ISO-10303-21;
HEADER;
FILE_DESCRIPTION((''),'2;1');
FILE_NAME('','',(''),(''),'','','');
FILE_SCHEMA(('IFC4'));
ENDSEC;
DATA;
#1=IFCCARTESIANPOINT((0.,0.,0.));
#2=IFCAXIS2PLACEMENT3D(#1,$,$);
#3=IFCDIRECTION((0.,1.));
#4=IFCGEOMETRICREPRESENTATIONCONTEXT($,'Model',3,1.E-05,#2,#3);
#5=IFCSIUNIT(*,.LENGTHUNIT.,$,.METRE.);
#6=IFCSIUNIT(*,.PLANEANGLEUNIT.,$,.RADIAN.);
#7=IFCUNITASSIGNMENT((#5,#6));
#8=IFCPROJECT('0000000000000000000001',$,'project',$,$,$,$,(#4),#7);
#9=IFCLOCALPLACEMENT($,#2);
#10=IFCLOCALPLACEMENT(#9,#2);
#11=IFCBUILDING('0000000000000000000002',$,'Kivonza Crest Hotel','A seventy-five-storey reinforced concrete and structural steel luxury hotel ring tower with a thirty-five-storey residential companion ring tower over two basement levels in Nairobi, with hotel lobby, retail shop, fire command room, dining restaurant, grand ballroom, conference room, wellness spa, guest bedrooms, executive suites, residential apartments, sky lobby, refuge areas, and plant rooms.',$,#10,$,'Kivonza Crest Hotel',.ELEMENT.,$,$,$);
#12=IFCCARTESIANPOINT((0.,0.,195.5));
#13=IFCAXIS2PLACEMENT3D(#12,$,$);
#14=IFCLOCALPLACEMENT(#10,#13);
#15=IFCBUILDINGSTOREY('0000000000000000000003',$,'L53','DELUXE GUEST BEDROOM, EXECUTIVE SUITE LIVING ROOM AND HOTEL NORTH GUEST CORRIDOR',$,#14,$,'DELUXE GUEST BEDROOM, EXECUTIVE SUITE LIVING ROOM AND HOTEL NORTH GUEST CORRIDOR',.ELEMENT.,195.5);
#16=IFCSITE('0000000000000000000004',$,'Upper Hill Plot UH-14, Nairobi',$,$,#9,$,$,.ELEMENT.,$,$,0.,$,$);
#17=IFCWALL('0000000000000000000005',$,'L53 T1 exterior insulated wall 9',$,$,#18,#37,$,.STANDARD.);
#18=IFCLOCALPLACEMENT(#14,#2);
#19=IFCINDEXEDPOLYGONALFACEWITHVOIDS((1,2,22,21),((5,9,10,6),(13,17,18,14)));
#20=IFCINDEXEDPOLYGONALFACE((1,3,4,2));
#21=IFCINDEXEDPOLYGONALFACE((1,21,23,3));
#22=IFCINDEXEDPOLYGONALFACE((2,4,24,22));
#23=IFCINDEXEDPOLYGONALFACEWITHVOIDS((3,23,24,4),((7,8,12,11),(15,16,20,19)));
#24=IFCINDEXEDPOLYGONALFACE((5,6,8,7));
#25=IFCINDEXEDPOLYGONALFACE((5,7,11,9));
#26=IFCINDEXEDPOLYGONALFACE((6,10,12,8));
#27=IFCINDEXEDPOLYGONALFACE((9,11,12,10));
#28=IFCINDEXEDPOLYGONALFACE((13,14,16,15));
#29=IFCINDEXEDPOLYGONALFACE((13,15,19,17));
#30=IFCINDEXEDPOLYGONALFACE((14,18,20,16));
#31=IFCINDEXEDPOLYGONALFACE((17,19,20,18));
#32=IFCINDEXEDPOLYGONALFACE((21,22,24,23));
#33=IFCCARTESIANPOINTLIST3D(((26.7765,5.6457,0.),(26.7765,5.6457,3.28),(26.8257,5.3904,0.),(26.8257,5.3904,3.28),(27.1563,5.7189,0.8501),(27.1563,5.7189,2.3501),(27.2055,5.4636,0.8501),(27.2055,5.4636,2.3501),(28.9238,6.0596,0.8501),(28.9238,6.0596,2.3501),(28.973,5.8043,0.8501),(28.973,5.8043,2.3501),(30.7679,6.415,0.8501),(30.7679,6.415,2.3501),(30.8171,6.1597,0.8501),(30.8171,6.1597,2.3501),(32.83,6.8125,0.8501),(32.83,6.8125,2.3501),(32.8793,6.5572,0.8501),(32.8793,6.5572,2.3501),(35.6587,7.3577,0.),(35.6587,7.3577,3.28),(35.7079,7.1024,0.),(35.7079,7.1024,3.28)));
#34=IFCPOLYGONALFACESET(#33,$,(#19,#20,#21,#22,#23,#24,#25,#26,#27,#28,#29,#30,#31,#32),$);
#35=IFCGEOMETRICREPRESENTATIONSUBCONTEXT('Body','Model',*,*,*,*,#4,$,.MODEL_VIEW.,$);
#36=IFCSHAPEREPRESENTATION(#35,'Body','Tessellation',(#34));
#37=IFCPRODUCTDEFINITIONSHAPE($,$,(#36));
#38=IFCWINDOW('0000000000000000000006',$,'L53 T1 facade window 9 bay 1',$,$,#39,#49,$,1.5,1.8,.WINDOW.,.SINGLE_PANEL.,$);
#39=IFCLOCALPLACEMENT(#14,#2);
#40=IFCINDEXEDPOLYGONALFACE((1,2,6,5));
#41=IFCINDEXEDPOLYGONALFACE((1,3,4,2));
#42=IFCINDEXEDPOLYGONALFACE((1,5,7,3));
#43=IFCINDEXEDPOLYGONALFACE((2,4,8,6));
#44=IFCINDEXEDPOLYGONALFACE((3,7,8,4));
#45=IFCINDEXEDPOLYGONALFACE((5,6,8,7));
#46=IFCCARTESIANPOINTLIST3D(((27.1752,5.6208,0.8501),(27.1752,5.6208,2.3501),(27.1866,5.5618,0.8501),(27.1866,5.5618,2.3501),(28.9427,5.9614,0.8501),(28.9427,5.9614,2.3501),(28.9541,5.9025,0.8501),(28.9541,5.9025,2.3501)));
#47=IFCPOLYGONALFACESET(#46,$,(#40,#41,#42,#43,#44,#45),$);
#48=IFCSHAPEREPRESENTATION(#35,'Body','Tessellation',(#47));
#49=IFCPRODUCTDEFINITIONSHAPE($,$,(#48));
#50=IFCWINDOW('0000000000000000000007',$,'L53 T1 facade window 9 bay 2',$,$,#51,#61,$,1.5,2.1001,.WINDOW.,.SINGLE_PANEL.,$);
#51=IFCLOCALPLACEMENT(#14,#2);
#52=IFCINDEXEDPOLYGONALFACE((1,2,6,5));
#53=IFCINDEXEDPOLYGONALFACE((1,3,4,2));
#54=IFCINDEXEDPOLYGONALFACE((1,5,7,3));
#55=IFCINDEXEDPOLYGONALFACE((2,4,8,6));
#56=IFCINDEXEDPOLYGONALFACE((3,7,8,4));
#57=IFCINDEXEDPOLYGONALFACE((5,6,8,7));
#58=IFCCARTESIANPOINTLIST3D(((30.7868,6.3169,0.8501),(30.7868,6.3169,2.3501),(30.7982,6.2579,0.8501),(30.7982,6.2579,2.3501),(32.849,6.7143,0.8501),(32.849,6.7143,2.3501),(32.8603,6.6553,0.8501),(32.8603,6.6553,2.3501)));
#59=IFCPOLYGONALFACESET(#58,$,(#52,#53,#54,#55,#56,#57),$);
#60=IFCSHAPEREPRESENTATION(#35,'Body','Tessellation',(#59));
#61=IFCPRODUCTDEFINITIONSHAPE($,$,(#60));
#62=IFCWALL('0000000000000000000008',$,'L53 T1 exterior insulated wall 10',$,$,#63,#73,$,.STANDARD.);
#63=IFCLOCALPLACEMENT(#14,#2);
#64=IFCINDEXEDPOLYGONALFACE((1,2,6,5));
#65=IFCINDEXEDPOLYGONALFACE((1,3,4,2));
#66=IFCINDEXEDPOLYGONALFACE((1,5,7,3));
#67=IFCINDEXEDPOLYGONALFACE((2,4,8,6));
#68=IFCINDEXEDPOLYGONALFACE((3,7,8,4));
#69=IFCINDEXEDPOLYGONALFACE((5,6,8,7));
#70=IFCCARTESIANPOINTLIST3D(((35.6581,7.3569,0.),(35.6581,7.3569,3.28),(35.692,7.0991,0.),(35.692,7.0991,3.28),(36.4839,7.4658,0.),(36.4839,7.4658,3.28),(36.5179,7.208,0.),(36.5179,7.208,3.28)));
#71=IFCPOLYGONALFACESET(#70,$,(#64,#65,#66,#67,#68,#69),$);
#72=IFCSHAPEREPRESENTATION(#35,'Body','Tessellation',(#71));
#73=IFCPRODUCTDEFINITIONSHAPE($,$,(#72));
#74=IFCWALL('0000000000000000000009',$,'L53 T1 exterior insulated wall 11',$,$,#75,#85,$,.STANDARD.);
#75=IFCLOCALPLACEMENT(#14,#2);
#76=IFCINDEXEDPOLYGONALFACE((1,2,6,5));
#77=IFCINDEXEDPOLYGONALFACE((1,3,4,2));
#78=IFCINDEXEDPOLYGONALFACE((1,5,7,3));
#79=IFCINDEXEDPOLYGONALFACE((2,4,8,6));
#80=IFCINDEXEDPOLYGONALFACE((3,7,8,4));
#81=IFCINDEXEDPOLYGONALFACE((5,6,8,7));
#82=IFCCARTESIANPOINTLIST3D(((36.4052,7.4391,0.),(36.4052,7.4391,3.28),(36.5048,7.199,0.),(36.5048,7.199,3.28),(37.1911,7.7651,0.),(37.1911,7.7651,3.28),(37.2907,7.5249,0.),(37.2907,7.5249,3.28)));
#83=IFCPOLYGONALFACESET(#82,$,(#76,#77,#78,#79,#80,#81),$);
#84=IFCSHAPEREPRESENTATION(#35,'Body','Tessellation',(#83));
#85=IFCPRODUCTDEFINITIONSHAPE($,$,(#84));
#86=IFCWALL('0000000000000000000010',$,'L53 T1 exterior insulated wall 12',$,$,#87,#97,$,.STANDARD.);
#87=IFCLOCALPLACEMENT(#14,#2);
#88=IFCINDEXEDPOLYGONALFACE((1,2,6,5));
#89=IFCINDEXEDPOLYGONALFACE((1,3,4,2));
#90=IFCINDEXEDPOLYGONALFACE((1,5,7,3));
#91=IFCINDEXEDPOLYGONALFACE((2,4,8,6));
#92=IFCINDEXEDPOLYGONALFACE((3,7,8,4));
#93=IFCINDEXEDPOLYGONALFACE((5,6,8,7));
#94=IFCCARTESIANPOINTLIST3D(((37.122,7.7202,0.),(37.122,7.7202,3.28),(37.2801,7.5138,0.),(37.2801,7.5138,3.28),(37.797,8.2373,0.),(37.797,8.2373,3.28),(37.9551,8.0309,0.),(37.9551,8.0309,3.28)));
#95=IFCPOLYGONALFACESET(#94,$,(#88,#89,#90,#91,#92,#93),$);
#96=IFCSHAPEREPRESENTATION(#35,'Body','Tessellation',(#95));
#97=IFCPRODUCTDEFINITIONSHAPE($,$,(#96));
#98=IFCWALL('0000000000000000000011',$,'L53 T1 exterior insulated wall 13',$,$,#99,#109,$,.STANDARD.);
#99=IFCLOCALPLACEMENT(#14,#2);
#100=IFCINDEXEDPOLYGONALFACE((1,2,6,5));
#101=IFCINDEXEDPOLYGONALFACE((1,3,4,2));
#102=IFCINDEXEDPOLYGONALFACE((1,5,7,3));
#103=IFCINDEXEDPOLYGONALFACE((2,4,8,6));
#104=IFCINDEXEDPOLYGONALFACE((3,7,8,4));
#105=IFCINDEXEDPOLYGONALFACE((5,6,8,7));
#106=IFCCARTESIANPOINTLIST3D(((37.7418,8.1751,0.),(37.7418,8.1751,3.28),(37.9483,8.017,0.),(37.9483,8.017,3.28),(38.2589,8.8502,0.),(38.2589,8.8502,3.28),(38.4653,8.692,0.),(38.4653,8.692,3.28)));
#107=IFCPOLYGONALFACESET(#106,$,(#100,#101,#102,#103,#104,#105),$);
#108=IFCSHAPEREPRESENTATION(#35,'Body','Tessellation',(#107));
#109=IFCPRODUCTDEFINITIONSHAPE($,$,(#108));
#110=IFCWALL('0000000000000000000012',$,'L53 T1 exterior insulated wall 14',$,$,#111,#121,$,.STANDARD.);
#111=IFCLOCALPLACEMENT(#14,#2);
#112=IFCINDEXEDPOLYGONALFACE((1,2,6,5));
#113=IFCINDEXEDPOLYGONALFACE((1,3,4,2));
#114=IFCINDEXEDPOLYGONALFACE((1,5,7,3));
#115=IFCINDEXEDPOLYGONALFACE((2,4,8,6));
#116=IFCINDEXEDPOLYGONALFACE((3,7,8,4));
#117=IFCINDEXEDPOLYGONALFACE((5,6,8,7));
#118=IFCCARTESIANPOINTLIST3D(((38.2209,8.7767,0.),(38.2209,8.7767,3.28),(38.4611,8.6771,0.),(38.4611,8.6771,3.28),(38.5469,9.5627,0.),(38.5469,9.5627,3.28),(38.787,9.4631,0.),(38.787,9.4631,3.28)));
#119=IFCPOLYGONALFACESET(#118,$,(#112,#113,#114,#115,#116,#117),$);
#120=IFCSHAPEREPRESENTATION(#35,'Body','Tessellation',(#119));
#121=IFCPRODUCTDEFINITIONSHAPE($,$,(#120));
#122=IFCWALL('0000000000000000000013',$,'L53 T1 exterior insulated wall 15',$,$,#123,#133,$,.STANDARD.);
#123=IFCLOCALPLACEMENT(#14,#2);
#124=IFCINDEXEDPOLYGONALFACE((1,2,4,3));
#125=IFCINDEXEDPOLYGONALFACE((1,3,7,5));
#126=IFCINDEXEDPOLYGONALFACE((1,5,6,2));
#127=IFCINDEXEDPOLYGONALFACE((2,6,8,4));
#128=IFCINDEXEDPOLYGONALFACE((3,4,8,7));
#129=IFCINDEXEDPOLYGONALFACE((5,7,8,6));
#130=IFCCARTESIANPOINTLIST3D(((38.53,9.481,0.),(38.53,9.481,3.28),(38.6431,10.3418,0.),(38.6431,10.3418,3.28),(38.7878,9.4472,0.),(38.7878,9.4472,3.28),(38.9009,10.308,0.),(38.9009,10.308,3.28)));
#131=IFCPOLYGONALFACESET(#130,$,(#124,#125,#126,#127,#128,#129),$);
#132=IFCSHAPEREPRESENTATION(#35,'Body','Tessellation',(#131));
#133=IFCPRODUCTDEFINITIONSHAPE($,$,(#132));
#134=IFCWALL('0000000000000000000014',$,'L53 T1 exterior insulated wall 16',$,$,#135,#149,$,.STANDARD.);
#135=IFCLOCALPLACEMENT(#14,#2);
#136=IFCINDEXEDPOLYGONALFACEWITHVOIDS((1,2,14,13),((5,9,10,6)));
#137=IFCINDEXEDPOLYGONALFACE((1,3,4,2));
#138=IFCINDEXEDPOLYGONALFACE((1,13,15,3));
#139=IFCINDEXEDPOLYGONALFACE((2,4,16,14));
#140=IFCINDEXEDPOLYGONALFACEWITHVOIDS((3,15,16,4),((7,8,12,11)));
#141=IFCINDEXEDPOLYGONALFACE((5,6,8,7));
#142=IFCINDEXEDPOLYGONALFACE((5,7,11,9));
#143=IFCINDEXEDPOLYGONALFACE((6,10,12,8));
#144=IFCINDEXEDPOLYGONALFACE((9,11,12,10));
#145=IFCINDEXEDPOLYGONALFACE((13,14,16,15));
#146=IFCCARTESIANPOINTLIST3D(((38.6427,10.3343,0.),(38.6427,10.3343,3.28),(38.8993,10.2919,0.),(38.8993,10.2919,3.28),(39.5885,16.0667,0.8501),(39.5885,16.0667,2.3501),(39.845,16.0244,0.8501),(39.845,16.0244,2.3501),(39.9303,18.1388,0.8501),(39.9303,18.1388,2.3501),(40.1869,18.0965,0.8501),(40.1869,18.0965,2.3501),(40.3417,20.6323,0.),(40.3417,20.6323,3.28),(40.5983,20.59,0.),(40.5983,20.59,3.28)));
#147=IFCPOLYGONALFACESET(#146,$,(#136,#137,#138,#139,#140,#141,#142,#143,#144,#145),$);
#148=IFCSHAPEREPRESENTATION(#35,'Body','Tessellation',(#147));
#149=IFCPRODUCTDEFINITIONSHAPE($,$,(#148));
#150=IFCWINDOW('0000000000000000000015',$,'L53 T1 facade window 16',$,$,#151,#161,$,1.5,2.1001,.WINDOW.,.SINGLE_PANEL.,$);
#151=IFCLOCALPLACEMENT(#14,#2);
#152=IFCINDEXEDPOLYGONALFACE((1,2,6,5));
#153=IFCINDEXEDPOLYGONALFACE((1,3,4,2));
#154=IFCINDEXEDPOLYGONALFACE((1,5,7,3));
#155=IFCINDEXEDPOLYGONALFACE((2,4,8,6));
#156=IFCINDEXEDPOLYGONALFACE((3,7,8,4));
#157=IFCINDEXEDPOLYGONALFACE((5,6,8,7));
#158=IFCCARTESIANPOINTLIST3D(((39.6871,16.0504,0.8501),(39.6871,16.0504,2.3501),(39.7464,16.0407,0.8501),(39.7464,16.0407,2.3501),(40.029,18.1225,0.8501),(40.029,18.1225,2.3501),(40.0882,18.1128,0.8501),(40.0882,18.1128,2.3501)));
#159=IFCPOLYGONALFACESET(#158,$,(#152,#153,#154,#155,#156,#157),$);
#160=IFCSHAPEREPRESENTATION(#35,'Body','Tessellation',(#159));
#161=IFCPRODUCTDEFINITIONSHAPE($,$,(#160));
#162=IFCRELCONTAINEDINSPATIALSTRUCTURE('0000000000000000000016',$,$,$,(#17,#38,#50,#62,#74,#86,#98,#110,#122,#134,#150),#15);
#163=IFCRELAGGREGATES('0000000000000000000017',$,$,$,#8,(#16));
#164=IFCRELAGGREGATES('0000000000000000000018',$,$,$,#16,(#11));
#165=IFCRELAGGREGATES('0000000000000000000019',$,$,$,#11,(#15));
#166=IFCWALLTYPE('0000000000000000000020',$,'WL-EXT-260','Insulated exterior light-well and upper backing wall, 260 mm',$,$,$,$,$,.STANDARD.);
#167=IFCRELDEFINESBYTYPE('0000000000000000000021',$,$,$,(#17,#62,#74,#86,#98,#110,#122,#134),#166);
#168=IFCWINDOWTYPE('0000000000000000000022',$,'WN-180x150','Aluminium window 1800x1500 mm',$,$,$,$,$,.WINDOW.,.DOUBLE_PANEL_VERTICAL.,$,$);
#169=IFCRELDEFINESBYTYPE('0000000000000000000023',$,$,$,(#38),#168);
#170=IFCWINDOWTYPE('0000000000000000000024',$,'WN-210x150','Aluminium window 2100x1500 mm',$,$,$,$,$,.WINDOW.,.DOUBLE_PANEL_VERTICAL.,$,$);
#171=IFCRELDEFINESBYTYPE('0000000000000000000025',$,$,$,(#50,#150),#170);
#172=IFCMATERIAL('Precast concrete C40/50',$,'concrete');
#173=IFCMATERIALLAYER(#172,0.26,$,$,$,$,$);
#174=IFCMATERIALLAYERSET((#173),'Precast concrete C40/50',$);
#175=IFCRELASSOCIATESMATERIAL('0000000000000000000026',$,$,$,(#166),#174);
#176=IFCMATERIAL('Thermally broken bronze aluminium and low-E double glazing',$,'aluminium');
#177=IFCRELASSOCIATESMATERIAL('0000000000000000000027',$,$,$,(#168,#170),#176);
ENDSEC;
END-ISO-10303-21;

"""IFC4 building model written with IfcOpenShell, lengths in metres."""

from ifc_helpers import new_model, si_unit, direction, frame, frame_2d, origin, place, context, subcontext, project, spatial, rectangle, extrude, material, layer, layer_set, type_object, element, fill, save


model = new_model("IFC4")

# Units and contexts
model_context = context("Model", 3, precision=1e-05, world=origin(), true_north=direction((0.0, 1.0)))
body_context = subcontext(model_context, "Body", "Model", "MODEL_VIEW")
ifc_project = project(units=[si_unit("LENGTHUNIT", "METRE"), si_unit("PLANEANGLEUNIT", "RADIAN")], contexts=[model_context])

# Site, building, storey
site_placement = place(None, origin())
site = spatial("IfcSite", under=ifc_project, at=site_placement, Name="Upper Hill Plot UH-14, Nairobi", CompositionType="ELEMENT", RefElevation=0.0)
building_placement = place(site_placement, origin())
building = spatial("IfcBuilding", under=site, at=building_placement, Name="Kivonza Crest Hotel", Description="A seventy-five-storey reinforced concrete and structural steel luxury hotel ring tower with a thirty-five-storey residential companion ring tower over two basement levels in Nairobi, with hotel lobby, retail shop, fire command room, dining restaurant, grand ballroom, conference room, wellness spa, guest bedrooms, executive suites, residential apartments, sky lobby, refuge areas, and plant rooms.", LongName="Kivonza Crest Hotel", CompositionType="ELEMENT")
storey_placement = place(building_placement, frame((0.0, 0.0, 195.5)))
storey = spatial("IfcBuildingStorey", under=building, at=storey_placement, Name="L53", Description="DELUXE GUEST BEDROOM, EXECUTIVE SUITE LIVING ROOM AND HOTEL NORTH GUEST CORRIDOR", LongName="DELUXE GUEST BEDROOM, EXECUTIVE SUITE LIVING ROOM AND HOTEL NORTH GUEST CORRIDOR", CompositionType="ELEMENT", Elevation=195.5)

# Wall, openings, windows
ifc_material_1 = material(Name="Precast concrete C40/50", Category="concrete")
ifc_layer_1 = layer(ifc_material_1, 0.26)
ifc_layer_set_1 = layer_set([ifc_layer_1], Name="Precast concrete C40/50")
wall_type_1 = type_object("IfcWallType", Name="WL-EXT-260", Description="Insulated exterior light-well and upper backing wall, 260 mm", PredefinedType="STANDARD", material=ifc_layer_set_1)
wall_1_placement = place(storey_placement, frame((26.801, 5.5181, 0.0), z_axis=(0.0, 0.0, 1.0), x_axis=(0.981928, 0.189255, 0.0)))
wall_1 = element("IfcWall", 1, at=wall_1_placement, inside=storey, type_object=wall_type_1, Name="L53 T1 exterior insulated wall 9", PredefinedType="STANDARD", context=body_context, shape_type="SweptSolid", body=[
    extrude(rectangle(XDim=9.0457, YDim=0.26, at=frame_2d((4.5229, 0.0))), origin(), (0.0, 0.0, 1.0), 3.28),
])
opening_1_placement = place(wall_1_placement, frame((0.387, 0.0, 0.8501)))
opening_1 = element("IfcOpeningElement", 2, at=opening_1_placement, cuts=wall_1, PredefinedType="OPENING", context=body_context, shape_type="SweptSolid", body=[
    extrude(rectangle(XDim=1.8, YDim=1.5, at=frame_2d((0.8999, 0.75))), frame((0.0, 0.1401, 0.0), z_axis=(0.0, -1.0, 0.0), x_axis=(1.0, 0.0, 0.0)), (0.0, 0.0, 1.0), 0.28),
])
opening_2_placement = place(wall_1_placement, frame((4.0649, 0.0, 0.8501)))
opening_2 = element("IfcOpeningElement", 3, at=opening_2_placement, cuts=wall_1, PredefinedType="OPENING", context=body_context, shape_type="SweptSolid", body=[
    extrude(rectangle(XDim=2.1001, YDim=1.5, at=frame_2d((1.05, 0.75))), frame((0.0, 0.1401, 0.0), z_axis=(0.0, -1.0, 0.0), x_axis=(1.0, 0.0, 0.0)), (0.0, 0.0, 1.0), 0.28),
])
ifc_material_2 = material(Name="Thermally broken bronze aluminium and low-E double glazing", Category="aluminium")
window_type_1 = type_object("IfcWindowType", Name="WN-180x150", Description="Aluminium window 1800x1500 mm", PartitioningType="DOUBLE_PANEL_VERTICAL", PredefinedType="WINDOW", material=ifc_material_2)
window_1_placement = place(opening_1_placement, origin())
window_1 = element("IfcWindow", 4, at=window_1_placement, inside=storey, type_object=window_type_1, Name="L53 T1 facade window 9 bay 1", OverallHeight=1.5, OverallWidth=1.8, PartitioningType="SINGLE_PANEL", PredefinedType="WINDOW", context=body_context, shape_type="SweptSolid", body=[
    extrude(rectangle(XDim=1.8, YDim=1.5, at=frame_2d((0.8999, 0.75))), frame((0.0, 0.03, 0.0), z_axis=(0.0, -1.0, 0.0), x_axis=(1.0, 0.0, 0.0)), (0.0, 0.0, 1.0), 0.0601),
])
fill(opening_1, window_1)
window_type_2 = type_object("IfcWindowType", Name="WN-210x150", Description="Aluminium window 2100x1500 mm", PartitioningType="DOUBLE_PANEL_VERTICAL", PredefinedType="WINDOW", material=ifc_material_2)
window_2_placement = place(opening_2_placement, origin())
window_2 = element("IfcWindow", 5, at=window_2_placement, inside=storey, type_object=window_type_2, Name="L53 T1 facade window 9 bay 2", OverallHeight=1.5, OverallWidth=2.1001, PartitioningType="SINGLE_PANEL", PredefinedType="WINDOW", context=body_context, shape_type="SweptSolid", body=[
    extrude(rectangle(XDim=2.1001, YDim=1.5, at=frame_2d((1.05, 0.75))), frame((0.0, 0.03, 0.0), z_axis=(0.0, -1.0, 0.0), x_axis=(1.0, 0.0, 0.0)), (0.0, 0.0, 1.0), 0.0601),
])
fill(opening_2, window_2)

# Walls
wall_2_placement = place(storey_placement, frame((35.675, 7.228, 0.0), z_axis=(0.0, 0.0, 1.0), x_axis=(0.991421, 0.130705, 0.0)))
element("IfcWall", 6, at=wall_2_placement, inside=storey, type_object=wall_type_1, Name="L53 T1 exterior insulated wall 10", PredefinedType="STANDARD", context=body_context, shape_type="SweptSolid", body=[
    extrude(rectangle(XDim=0.833, YDim=0.26, at=frame_2d((0.4165, 0.0))), origin(), (0.0, 0.0, 1.0), 3.28),
])
wall_3_placement = place(storey_placement, frame((36.4551, 7.3191, 0.0), z_axis=(0.0, 0.0, 1.0), x_axis=(0.923712, 0.383087, 0.0)))
element("IfcWall", 7, at=wall_3_placement, inside=storey, type_object=wall_type_1, Name="L53 T1 exterior insulated wall 11", PredefinedType="STANDARD", context=body_context, shape_type="SweptSolid", body=[
    extrude(rectangle(XDim=0.8508, YDim=0.26, at=frame_2d((0.4253, 0.0))), origin(), (0.0, 0.0, 1.0), 3.28),
])
for number, where, z_axis, x_axis, name in (
    (8, (37.2009, 7.6169, 0.0), (0.0, 0.0, 1.0), (0.79386, 0.6081, 0.0), "L53 T1 exterior insulated wall 12"),
    (9, (37.845, 8.0959, 0.0), (0.0, 0.0, 1.0), (0.6081, 0.79386, 0.0), "L53 T1 exterior insulated wall 13"),
):
    element("IfcWall", number, at=place(storey_placement, frame(where, z_axis=z_axis, x_axis=x_axis)), inside=storey, type_object=wall_type_1, Name=name, PredefinedType="STANDARD", context=body_context, shape_type="SweptSolid", body=[
        extrude(rectangle(XDim=0.8503, YDim=0.26, at=frame_2d((0.4253, 0.0))), origin(), (0.0, 0.0, 1.0), 3.28),
    ])
wall_4_placement = place(storey_placement, frame((38.3411, 8.7271, 0.0), z_axis=(0.0, 0.0, 1.0), x_axis=(0.383087, 0.923712, 0.0)))
element("IfcWall", 10, at=wall_4_placement, inside=storey, type_object=wall_type_1, Name="L53 T1 exterior insulated wall 14", PredefinedType="STANDARD", context=body_context, shape_type="SweptSolid", body=[
    extrude(rectangle(XDim=0.8508, YDim=0.26, at=frame_2d((0.4253, 0.0))), origin(), (0.0, 0.0, 1.0), 3.28),
])
wall_5_placement = place(storey_placement, frame((38.6589, 9.4641, 0.0), z_axis=(0.0, 0.0, 1.0), x_axis=(0.130193, 0.991489, 0.0)))
element("IfcWall", 11, at=wall_5_placement, inside=storey, type_object=wall_type_1, Name="L53 T1 exterior insulated wall 15", PredefinedType="STANDARD", context=body_context, shape_type="SweptSolid", body=[
    extrude(rectangle(XDim=0.8682, YDim=0.26, at=frame_2d((0.4341, 0.0))), origin(), (0.0, 0.0, 1.0), 3.28),
])

# Wall, opening, window
wall_6_placement = place(storey_placement, frame((38.771, 10.313, 0.0), z_axis=(0.0, 0.0, 1.0), x_axis=(0.162779, 0.986663, 0.0)))
wall_6 = element("IfcWall", 12, at=wall_6_placement, inside=storey, type_object=wall_type_1, Name="L53 T1 exterior insulated wall 16", PredefinedType="STANDARD", context=body_context, shape_type="SweptSolid", body=[
    extrude(rectangle(XDim=10.4373, YDim=0.26, at=frame_2d((5.2188, 0.0))), origin(), (0.0, 0.0, 1.0), 3.28),
])
opening_3_placement = place(wall_6_placement, frame((5.8101, 0.0, 0.8501)))
opening_3 = element("IfcOpeningElement", 13, at=opening_3_placement, cuts=wall_6, PredefinedType="OPENING", context=body_context, shape_type="SweptSolid", body=[
    extrude(rectangle(XDim=2.1001, YDim=1.5, at=frame_2d((1.05, 0.75))), frame((0.0, 0.1401, 0.0), z_axis=(0.0, -1.0, 0.0), x_axis=(1.0, 0.0, 0.0)), (0.0, 0.0, 1.0), 0.28),
])
window_3_placement = place(opening_3_placement, origin())
window_3 = element("IfcWindow", 14, at=window_3_placement, inside=storey, type_object=window_type_2, Name="L53 T1 facade window 16", OverallHeight=1.5, OverallWidth=2.1001, PartitioningType="SINGLE_PANEL", PredefinedType="WINDOW", context=body_context, shape_type="SweptSolid", body=[
    extrude(rectangle(XDim=2.1001, YDim=1.5, at=frame_2d((1.05, 0.75))), frame((0.0, 0.03, 0.0), z_axis=(0.0, -1.0, 0.0), x_axis=(1.0, 0.0, 0.0)), (0.0, 0.0, 1.0), 0.0601),
])
fill(opening_3, window_3)

save(model, "model.ifc")
